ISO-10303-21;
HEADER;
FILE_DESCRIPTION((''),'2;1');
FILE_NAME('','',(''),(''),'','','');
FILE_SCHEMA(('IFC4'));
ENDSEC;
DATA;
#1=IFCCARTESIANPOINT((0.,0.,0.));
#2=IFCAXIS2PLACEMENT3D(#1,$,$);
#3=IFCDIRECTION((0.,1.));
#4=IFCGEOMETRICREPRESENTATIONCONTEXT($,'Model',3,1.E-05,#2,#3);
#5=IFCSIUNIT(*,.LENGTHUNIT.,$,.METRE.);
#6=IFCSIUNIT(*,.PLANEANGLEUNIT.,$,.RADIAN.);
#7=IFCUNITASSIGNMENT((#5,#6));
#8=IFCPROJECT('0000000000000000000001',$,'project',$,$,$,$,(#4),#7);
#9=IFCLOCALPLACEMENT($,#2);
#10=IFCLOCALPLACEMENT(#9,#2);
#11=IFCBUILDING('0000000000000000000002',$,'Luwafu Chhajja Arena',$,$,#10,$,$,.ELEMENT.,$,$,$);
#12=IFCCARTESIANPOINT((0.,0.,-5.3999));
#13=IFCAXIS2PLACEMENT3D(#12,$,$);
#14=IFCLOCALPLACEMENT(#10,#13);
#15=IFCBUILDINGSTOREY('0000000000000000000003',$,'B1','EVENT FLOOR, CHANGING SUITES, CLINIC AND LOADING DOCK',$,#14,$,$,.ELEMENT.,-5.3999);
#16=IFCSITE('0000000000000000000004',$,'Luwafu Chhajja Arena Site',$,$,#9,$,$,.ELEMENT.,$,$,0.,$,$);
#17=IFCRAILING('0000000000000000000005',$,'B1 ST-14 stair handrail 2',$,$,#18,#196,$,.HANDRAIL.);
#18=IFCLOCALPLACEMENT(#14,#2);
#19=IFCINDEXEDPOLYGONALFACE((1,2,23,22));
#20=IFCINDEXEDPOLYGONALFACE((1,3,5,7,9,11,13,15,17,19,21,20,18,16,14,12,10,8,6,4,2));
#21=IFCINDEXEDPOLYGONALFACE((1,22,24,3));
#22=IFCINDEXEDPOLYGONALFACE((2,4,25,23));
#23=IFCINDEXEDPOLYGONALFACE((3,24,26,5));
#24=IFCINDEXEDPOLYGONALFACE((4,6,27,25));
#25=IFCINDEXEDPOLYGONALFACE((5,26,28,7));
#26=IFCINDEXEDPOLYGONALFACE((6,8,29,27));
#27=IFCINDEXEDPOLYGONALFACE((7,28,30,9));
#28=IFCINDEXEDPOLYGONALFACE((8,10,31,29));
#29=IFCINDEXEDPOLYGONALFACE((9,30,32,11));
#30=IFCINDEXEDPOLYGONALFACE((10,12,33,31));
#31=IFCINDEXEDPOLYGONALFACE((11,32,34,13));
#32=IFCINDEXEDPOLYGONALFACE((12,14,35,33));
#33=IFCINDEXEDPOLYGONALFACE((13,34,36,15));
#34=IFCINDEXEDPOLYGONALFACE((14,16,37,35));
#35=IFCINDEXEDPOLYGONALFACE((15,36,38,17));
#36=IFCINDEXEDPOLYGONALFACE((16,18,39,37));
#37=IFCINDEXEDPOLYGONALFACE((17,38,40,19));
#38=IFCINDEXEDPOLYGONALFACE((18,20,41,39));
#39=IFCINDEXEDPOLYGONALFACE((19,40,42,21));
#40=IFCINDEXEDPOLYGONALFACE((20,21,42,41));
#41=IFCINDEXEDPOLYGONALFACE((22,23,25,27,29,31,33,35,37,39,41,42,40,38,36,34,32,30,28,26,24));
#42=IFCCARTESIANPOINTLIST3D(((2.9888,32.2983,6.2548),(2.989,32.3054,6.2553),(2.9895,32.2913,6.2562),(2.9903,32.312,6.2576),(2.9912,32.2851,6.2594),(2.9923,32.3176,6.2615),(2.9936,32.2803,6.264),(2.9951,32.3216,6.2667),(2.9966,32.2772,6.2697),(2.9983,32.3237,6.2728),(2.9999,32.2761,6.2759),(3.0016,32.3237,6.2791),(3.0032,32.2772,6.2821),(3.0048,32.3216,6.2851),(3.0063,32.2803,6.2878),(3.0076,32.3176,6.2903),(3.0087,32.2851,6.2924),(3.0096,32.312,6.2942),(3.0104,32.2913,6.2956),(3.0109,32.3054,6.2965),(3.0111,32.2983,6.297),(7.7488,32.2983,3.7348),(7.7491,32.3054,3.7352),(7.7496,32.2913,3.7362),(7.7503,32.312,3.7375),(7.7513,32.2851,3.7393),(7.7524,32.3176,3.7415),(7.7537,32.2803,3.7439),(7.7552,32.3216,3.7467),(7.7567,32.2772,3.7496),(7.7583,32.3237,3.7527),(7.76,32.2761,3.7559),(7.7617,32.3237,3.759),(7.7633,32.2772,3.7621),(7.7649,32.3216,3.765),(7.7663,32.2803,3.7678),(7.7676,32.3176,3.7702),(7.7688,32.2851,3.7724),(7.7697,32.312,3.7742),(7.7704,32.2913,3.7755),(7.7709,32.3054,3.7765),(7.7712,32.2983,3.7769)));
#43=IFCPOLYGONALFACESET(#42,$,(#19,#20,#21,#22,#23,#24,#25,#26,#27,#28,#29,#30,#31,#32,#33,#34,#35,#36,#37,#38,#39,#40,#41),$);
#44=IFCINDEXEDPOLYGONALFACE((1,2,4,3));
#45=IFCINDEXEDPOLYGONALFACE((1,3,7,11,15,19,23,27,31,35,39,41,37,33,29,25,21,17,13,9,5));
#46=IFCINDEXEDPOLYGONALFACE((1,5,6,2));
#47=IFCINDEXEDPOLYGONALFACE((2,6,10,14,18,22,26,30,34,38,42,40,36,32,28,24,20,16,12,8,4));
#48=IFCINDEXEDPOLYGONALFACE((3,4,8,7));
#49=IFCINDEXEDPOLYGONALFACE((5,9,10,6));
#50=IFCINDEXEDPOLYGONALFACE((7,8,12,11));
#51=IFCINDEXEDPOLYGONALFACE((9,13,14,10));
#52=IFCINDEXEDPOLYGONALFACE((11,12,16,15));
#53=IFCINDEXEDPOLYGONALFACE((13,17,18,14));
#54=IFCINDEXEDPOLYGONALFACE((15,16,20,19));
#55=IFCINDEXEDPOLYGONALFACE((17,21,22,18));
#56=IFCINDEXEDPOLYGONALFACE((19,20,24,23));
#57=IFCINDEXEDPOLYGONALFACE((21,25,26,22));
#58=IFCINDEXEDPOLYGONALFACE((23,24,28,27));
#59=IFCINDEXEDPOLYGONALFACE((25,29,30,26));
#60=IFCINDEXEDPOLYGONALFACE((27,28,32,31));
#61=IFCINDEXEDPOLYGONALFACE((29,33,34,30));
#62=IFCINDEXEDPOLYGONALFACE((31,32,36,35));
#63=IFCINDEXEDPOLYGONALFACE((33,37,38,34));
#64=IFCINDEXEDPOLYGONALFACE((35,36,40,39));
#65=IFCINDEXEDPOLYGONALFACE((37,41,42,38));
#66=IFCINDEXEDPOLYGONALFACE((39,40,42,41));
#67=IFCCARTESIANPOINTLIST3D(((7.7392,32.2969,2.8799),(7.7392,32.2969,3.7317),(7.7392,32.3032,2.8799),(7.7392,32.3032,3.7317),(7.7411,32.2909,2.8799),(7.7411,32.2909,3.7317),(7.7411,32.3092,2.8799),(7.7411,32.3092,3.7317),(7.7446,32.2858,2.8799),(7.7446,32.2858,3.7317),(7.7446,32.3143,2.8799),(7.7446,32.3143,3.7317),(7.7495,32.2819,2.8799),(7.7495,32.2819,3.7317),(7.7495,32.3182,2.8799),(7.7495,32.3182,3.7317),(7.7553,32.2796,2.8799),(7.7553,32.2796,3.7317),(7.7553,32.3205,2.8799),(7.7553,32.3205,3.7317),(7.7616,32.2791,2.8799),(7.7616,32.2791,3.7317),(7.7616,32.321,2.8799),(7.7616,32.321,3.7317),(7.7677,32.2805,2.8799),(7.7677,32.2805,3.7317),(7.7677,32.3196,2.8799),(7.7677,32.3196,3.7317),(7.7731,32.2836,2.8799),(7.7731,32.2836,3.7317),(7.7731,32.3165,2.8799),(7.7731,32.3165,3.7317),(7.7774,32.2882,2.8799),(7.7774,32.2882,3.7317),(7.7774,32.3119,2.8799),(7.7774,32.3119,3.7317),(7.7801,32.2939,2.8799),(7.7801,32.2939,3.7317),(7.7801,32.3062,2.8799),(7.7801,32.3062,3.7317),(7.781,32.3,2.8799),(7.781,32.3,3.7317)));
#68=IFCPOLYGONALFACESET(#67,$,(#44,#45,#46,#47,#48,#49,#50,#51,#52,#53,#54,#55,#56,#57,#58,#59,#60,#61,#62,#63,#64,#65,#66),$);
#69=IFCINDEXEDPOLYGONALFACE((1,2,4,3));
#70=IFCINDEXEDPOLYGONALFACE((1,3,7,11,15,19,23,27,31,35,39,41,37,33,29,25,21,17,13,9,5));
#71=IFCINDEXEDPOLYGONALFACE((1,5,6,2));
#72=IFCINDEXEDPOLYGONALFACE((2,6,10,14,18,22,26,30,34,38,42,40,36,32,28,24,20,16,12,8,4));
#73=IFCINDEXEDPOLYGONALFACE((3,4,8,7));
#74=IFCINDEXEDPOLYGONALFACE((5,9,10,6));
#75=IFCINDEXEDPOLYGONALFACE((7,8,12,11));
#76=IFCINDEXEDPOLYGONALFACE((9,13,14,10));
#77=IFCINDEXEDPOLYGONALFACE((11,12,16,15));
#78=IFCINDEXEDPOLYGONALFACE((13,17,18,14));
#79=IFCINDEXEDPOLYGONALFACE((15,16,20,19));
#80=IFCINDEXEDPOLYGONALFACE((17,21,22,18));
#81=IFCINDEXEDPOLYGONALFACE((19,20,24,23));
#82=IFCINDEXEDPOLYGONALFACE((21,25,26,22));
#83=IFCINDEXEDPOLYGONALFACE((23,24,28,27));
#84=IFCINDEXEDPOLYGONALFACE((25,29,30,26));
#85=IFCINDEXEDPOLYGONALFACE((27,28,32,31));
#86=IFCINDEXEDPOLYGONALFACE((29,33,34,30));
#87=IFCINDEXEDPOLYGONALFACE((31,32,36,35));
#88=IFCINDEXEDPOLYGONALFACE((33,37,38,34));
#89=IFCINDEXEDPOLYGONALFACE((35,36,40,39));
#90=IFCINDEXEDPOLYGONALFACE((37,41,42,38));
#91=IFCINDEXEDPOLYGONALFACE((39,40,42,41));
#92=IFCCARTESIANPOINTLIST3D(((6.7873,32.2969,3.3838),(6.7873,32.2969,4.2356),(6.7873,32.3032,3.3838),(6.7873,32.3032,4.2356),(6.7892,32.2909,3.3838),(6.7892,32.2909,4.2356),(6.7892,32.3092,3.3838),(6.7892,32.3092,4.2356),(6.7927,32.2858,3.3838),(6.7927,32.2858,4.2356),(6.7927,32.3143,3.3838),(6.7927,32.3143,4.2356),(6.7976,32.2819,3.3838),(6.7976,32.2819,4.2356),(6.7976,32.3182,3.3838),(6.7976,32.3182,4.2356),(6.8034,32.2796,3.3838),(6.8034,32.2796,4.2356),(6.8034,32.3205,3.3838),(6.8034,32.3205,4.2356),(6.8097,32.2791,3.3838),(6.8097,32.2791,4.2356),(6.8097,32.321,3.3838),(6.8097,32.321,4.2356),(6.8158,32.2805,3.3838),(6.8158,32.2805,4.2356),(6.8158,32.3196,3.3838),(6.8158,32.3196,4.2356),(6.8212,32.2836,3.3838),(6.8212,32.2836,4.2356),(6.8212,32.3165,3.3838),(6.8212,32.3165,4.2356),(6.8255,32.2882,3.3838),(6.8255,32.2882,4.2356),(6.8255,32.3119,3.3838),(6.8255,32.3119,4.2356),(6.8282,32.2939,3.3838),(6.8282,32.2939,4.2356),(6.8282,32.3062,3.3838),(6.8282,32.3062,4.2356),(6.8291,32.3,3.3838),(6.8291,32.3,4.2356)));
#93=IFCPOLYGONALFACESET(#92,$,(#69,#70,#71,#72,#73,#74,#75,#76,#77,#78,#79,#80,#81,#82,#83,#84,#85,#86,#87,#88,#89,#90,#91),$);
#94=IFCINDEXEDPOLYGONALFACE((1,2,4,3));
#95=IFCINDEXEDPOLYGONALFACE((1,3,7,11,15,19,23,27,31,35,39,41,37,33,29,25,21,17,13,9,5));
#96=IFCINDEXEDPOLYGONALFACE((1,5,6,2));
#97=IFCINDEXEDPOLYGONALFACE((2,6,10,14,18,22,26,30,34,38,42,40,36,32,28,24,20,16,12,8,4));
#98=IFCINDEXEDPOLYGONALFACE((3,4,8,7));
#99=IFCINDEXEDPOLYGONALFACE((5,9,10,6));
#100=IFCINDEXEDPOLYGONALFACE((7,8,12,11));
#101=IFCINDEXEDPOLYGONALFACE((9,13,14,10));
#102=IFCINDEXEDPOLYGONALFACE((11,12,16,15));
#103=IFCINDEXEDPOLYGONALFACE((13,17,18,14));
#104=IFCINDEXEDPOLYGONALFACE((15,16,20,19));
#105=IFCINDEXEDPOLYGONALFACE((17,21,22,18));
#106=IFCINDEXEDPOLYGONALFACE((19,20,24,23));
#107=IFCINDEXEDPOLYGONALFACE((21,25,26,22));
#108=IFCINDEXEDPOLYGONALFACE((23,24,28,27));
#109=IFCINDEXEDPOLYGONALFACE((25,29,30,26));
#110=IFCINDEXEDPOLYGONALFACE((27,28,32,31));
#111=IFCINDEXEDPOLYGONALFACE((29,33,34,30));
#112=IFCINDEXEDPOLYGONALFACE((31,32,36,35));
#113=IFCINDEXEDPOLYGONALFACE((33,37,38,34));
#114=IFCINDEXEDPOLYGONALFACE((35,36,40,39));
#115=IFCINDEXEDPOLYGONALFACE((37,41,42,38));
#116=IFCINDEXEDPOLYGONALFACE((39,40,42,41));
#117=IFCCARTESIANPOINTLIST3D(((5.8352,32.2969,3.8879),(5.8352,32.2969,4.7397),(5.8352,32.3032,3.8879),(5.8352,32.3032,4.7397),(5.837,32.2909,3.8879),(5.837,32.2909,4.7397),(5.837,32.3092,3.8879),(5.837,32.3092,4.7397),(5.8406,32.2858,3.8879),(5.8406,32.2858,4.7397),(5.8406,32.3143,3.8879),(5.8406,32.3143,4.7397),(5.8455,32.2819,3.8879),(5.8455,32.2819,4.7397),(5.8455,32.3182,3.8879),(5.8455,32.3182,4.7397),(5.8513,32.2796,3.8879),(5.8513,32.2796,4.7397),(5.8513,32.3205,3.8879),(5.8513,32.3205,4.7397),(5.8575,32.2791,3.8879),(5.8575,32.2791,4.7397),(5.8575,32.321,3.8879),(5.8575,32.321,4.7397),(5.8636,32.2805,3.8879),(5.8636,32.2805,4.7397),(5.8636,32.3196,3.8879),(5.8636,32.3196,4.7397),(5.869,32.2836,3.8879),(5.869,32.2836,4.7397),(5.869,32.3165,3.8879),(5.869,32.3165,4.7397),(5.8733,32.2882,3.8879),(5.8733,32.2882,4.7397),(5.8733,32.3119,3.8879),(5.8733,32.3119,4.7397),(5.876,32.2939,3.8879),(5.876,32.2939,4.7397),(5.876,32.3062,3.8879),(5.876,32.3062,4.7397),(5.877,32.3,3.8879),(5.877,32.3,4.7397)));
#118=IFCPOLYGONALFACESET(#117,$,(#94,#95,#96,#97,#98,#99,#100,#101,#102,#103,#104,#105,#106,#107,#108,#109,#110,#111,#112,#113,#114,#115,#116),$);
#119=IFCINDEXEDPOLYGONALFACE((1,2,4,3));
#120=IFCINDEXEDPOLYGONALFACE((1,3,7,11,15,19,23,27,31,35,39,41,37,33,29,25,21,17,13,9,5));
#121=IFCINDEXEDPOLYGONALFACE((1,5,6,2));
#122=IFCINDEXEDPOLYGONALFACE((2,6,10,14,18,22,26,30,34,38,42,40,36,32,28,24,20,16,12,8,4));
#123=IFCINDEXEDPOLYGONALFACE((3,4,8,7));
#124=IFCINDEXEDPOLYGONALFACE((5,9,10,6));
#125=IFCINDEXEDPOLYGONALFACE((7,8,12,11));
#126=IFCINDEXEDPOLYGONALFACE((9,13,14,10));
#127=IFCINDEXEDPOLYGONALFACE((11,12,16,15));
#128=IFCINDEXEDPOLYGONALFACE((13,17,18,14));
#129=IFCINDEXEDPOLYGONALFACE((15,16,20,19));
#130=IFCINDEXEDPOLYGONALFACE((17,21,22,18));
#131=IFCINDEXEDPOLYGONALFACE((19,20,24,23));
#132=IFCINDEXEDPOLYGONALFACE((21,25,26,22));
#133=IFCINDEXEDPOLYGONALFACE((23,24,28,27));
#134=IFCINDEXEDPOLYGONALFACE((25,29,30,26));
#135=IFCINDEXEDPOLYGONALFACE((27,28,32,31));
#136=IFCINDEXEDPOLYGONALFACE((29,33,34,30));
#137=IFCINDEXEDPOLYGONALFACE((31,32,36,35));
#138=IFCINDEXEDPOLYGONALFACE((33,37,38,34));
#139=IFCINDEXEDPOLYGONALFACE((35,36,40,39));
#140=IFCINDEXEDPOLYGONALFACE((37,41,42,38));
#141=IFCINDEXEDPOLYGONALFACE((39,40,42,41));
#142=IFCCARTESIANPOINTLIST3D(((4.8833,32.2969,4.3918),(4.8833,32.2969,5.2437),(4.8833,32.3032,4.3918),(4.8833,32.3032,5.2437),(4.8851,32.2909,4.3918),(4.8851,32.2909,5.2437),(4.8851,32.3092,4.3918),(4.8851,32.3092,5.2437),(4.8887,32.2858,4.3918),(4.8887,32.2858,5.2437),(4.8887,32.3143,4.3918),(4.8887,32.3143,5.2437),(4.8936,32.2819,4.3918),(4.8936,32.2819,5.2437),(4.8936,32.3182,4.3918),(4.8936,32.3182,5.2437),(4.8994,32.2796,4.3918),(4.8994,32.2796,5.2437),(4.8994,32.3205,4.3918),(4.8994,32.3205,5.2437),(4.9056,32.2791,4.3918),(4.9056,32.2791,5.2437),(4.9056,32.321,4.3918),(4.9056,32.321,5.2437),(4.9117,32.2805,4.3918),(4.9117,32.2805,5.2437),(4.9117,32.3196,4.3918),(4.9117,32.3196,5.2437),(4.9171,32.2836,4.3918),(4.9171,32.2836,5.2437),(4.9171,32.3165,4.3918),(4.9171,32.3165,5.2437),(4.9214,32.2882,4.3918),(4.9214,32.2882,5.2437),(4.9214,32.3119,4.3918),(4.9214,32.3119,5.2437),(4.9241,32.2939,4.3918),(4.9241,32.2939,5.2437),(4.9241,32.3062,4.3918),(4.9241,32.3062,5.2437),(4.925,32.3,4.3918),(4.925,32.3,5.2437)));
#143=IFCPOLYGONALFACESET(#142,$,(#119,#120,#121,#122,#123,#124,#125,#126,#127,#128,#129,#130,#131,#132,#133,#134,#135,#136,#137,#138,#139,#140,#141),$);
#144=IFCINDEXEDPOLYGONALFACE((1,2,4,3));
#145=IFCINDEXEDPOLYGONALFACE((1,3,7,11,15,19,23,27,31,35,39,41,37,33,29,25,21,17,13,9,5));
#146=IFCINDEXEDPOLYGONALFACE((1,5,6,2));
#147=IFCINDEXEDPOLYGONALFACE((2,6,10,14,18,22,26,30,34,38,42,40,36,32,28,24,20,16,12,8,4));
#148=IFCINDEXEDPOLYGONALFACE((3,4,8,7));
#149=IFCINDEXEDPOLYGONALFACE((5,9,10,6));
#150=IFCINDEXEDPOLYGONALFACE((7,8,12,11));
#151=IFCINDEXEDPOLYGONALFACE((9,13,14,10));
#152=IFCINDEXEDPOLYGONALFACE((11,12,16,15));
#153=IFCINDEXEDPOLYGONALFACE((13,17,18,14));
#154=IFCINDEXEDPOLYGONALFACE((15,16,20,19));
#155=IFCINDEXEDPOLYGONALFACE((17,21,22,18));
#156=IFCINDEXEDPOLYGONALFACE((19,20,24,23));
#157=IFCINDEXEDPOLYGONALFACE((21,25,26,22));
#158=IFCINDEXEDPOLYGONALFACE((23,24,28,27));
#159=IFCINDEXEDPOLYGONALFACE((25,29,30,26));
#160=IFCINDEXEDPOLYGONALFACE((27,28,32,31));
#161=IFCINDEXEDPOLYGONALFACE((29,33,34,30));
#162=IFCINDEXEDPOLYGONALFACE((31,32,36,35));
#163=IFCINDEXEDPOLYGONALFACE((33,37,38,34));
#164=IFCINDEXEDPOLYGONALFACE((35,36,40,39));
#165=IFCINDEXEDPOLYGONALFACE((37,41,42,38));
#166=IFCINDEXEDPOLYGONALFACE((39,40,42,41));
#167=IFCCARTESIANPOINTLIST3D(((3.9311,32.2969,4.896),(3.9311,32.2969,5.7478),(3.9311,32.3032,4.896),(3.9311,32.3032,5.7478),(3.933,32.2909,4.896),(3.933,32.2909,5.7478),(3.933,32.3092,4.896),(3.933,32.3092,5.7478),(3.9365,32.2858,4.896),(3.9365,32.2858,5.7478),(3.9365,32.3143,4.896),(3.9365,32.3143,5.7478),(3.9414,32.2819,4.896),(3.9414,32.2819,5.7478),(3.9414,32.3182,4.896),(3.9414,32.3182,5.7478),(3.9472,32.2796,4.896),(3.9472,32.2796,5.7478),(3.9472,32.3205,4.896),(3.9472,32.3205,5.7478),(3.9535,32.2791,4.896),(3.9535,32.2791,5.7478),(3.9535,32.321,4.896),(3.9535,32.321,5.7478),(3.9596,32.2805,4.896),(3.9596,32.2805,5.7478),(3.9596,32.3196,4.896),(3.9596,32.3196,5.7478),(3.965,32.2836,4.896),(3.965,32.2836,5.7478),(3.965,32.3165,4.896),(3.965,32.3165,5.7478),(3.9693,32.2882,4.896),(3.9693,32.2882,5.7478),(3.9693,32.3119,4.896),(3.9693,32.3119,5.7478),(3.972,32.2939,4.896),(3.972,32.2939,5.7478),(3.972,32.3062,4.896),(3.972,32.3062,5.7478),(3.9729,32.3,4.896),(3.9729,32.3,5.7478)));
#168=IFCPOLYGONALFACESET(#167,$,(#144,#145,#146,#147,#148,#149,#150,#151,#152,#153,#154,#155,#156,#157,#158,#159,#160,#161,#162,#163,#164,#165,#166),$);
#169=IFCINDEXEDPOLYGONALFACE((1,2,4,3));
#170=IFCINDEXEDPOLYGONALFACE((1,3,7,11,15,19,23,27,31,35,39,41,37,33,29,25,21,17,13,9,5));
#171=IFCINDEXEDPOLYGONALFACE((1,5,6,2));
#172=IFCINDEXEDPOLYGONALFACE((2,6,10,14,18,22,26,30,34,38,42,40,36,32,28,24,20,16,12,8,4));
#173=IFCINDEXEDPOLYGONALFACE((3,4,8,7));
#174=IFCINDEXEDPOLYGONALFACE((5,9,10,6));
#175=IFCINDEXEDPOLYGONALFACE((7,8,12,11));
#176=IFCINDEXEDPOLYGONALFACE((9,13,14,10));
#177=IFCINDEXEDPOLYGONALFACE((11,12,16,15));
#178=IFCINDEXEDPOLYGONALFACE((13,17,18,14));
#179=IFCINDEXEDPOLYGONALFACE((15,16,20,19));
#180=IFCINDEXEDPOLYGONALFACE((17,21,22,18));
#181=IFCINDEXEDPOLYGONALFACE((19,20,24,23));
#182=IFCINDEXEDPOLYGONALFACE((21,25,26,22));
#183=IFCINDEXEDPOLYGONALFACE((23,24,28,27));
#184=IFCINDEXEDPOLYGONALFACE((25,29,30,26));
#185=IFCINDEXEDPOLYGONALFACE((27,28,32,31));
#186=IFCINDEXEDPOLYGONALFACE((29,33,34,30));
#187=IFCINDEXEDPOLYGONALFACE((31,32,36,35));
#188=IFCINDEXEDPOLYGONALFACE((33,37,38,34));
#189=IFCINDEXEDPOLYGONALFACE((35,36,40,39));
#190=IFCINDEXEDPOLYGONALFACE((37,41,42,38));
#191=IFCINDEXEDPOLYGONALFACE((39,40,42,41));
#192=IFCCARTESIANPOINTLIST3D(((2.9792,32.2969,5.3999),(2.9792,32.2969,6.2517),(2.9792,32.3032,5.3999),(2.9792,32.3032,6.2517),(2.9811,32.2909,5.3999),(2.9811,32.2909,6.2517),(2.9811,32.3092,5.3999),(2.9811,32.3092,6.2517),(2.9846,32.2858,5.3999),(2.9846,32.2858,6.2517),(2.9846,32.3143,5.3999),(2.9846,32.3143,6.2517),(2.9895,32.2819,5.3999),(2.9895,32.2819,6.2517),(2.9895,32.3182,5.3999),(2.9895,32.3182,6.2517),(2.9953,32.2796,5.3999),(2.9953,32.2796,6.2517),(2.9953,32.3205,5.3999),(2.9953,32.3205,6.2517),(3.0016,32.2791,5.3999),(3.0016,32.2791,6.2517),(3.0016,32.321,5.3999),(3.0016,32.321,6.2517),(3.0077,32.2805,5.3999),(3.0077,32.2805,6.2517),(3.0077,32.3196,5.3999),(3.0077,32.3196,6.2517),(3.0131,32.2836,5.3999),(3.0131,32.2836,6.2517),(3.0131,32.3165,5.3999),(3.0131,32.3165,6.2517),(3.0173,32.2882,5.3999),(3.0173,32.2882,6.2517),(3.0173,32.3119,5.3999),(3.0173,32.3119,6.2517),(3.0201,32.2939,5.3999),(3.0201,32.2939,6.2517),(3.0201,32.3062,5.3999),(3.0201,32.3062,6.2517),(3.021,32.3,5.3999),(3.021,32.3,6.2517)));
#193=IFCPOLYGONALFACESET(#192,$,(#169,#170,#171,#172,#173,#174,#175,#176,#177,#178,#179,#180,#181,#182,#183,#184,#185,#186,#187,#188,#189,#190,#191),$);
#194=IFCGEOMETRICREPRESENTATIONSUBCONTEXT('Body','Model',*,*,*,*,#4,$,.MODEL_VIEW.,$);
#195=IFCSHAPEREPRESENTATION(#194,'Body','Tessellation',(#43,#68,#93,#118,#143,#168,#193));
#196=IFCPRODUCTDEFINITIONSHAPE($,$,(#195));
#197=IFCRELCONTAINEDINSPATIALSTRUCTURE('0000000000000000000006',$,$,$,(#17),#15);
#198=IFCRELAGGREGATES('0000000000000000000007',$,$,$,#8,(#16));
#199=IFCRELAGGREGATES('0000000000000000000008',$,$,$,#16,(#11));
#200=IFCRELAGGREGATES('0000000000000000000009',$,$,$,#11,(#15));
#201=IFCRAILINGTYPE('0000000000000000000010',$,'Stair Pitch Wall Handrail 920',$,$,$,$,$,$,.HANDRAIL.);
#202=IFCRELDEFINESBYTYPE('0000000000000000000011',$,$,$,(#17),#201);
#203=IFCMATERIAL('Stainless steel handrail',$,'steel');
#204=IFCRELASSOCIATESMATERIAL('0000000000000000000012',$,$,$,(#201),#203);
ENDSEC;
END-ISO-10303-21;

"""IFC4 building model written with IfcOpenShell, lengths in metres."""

from ifc_helpers import new_model, si_unit, direction, frame, origin, origin_2d, place, context, subcontext, project, spatial, circle, extrude, material, type_object, element, save


model = new_model("IFC4")

# Units and contexts
model_context = context("Model", 3, precision=1e-05, world=origin(), true_north=direction((0.0, 1.0)))
body_context = subcontext(model_context, "Body", "Model", "MODEL_VIEW")
ifc_project = project(units=[si_unit("LENGTHUNIT", "METRE"), si_unit("PLANEANGLEUNIT", "RADIAN")], contexts=[model_context])

# Site, building, storey
site_placement = place(None, origin())
site = spatial("IfcSite", under=ifc_project, at=site_placement, Name="Luwafu Chhajja Arena Site", CompositionType="ELEMENT", RefElevation=0.0)
building_placement = place(site_placement, origin())
building = spatial("IfcBuilding", under=site, at=building_placement, Name="Luwafu Chhajja Arena", CompositionType="ELEMENT")
storey_placement = place(building_placement, frame((0.0, 0.0, -5.3999)))
storey = spatial("IfcBuildingStorey", under=building, at=storey_placement, Name="B1", Description="EVENT FLOOR, CHANGING SUITES, CLINIC AND LOADING DOCK", CompositionType="ELEMENT", Elevation=-5.3999)

# Railing
ifc_material_1 = material(Name="Stainless steel handrail", Category="steel")
railing_type_1 = type_object("IfcRailingType", Name="Stair Pitch Wall Handrail 920", PredefinedType="HANDRAIL", material=ifc_material_1)
railing_1_placement = place(storey_placement, frame((7.76, 32.3, 2.8799)))
element("IfcRailing", 1, at=railing_1_placement, inside=storey, type_object=railing_type_1, Name="B1 ST-14 stair handrail 2", PredefinedType="HANDRAIL", context=body_context, shape_type="SweptSolid", body=[
    extrude(circle(Radius=0.0239, at=origin_2d()), frame((0.0, 0.0, 0.876), z_axis=(-0.883787, 0.0, 0.46789), x_axis=(0.0, -1.0, 0.0)), (0.0, 0.0, 1.0), 5.386),
    extrude(circle(Radius=0.021, at=origin_2d()), origin(), (0.0, 0.0, 1.0), 0.8518),
    extrude(circle(Radius=0.021, at=origin_2d()), frame((-0.9519, 0.0, 0.5039)), (0.0, 0.0, 1.0), 0.8518),
    extrude(circle(Radius=0.021, at=origin_2d()), frame((-1.9041, 0.0, 1.0081)), (0.0, 0.0, 1.0), 0.8518),
    extrude(circle(Radius=0.021, at=origin_2d()), frame((-2.856, 0.0, 1.512)), (0.0, 0.0, 1.0), 0.8518),
    extrude(circle(Radius=0.021, at=origin_2d()), frame((-3.8081, 0.0, 2.0161)), (0.0, 0.0, 1.0), 0.8518),
    extrude(circle(Radius=0.021, at=origin_2d()), frame((-4.76, 0.0, 2.52)), (0.0, 0.0, 1.0), 0.8518),
])

save(model, "model.ifc")
